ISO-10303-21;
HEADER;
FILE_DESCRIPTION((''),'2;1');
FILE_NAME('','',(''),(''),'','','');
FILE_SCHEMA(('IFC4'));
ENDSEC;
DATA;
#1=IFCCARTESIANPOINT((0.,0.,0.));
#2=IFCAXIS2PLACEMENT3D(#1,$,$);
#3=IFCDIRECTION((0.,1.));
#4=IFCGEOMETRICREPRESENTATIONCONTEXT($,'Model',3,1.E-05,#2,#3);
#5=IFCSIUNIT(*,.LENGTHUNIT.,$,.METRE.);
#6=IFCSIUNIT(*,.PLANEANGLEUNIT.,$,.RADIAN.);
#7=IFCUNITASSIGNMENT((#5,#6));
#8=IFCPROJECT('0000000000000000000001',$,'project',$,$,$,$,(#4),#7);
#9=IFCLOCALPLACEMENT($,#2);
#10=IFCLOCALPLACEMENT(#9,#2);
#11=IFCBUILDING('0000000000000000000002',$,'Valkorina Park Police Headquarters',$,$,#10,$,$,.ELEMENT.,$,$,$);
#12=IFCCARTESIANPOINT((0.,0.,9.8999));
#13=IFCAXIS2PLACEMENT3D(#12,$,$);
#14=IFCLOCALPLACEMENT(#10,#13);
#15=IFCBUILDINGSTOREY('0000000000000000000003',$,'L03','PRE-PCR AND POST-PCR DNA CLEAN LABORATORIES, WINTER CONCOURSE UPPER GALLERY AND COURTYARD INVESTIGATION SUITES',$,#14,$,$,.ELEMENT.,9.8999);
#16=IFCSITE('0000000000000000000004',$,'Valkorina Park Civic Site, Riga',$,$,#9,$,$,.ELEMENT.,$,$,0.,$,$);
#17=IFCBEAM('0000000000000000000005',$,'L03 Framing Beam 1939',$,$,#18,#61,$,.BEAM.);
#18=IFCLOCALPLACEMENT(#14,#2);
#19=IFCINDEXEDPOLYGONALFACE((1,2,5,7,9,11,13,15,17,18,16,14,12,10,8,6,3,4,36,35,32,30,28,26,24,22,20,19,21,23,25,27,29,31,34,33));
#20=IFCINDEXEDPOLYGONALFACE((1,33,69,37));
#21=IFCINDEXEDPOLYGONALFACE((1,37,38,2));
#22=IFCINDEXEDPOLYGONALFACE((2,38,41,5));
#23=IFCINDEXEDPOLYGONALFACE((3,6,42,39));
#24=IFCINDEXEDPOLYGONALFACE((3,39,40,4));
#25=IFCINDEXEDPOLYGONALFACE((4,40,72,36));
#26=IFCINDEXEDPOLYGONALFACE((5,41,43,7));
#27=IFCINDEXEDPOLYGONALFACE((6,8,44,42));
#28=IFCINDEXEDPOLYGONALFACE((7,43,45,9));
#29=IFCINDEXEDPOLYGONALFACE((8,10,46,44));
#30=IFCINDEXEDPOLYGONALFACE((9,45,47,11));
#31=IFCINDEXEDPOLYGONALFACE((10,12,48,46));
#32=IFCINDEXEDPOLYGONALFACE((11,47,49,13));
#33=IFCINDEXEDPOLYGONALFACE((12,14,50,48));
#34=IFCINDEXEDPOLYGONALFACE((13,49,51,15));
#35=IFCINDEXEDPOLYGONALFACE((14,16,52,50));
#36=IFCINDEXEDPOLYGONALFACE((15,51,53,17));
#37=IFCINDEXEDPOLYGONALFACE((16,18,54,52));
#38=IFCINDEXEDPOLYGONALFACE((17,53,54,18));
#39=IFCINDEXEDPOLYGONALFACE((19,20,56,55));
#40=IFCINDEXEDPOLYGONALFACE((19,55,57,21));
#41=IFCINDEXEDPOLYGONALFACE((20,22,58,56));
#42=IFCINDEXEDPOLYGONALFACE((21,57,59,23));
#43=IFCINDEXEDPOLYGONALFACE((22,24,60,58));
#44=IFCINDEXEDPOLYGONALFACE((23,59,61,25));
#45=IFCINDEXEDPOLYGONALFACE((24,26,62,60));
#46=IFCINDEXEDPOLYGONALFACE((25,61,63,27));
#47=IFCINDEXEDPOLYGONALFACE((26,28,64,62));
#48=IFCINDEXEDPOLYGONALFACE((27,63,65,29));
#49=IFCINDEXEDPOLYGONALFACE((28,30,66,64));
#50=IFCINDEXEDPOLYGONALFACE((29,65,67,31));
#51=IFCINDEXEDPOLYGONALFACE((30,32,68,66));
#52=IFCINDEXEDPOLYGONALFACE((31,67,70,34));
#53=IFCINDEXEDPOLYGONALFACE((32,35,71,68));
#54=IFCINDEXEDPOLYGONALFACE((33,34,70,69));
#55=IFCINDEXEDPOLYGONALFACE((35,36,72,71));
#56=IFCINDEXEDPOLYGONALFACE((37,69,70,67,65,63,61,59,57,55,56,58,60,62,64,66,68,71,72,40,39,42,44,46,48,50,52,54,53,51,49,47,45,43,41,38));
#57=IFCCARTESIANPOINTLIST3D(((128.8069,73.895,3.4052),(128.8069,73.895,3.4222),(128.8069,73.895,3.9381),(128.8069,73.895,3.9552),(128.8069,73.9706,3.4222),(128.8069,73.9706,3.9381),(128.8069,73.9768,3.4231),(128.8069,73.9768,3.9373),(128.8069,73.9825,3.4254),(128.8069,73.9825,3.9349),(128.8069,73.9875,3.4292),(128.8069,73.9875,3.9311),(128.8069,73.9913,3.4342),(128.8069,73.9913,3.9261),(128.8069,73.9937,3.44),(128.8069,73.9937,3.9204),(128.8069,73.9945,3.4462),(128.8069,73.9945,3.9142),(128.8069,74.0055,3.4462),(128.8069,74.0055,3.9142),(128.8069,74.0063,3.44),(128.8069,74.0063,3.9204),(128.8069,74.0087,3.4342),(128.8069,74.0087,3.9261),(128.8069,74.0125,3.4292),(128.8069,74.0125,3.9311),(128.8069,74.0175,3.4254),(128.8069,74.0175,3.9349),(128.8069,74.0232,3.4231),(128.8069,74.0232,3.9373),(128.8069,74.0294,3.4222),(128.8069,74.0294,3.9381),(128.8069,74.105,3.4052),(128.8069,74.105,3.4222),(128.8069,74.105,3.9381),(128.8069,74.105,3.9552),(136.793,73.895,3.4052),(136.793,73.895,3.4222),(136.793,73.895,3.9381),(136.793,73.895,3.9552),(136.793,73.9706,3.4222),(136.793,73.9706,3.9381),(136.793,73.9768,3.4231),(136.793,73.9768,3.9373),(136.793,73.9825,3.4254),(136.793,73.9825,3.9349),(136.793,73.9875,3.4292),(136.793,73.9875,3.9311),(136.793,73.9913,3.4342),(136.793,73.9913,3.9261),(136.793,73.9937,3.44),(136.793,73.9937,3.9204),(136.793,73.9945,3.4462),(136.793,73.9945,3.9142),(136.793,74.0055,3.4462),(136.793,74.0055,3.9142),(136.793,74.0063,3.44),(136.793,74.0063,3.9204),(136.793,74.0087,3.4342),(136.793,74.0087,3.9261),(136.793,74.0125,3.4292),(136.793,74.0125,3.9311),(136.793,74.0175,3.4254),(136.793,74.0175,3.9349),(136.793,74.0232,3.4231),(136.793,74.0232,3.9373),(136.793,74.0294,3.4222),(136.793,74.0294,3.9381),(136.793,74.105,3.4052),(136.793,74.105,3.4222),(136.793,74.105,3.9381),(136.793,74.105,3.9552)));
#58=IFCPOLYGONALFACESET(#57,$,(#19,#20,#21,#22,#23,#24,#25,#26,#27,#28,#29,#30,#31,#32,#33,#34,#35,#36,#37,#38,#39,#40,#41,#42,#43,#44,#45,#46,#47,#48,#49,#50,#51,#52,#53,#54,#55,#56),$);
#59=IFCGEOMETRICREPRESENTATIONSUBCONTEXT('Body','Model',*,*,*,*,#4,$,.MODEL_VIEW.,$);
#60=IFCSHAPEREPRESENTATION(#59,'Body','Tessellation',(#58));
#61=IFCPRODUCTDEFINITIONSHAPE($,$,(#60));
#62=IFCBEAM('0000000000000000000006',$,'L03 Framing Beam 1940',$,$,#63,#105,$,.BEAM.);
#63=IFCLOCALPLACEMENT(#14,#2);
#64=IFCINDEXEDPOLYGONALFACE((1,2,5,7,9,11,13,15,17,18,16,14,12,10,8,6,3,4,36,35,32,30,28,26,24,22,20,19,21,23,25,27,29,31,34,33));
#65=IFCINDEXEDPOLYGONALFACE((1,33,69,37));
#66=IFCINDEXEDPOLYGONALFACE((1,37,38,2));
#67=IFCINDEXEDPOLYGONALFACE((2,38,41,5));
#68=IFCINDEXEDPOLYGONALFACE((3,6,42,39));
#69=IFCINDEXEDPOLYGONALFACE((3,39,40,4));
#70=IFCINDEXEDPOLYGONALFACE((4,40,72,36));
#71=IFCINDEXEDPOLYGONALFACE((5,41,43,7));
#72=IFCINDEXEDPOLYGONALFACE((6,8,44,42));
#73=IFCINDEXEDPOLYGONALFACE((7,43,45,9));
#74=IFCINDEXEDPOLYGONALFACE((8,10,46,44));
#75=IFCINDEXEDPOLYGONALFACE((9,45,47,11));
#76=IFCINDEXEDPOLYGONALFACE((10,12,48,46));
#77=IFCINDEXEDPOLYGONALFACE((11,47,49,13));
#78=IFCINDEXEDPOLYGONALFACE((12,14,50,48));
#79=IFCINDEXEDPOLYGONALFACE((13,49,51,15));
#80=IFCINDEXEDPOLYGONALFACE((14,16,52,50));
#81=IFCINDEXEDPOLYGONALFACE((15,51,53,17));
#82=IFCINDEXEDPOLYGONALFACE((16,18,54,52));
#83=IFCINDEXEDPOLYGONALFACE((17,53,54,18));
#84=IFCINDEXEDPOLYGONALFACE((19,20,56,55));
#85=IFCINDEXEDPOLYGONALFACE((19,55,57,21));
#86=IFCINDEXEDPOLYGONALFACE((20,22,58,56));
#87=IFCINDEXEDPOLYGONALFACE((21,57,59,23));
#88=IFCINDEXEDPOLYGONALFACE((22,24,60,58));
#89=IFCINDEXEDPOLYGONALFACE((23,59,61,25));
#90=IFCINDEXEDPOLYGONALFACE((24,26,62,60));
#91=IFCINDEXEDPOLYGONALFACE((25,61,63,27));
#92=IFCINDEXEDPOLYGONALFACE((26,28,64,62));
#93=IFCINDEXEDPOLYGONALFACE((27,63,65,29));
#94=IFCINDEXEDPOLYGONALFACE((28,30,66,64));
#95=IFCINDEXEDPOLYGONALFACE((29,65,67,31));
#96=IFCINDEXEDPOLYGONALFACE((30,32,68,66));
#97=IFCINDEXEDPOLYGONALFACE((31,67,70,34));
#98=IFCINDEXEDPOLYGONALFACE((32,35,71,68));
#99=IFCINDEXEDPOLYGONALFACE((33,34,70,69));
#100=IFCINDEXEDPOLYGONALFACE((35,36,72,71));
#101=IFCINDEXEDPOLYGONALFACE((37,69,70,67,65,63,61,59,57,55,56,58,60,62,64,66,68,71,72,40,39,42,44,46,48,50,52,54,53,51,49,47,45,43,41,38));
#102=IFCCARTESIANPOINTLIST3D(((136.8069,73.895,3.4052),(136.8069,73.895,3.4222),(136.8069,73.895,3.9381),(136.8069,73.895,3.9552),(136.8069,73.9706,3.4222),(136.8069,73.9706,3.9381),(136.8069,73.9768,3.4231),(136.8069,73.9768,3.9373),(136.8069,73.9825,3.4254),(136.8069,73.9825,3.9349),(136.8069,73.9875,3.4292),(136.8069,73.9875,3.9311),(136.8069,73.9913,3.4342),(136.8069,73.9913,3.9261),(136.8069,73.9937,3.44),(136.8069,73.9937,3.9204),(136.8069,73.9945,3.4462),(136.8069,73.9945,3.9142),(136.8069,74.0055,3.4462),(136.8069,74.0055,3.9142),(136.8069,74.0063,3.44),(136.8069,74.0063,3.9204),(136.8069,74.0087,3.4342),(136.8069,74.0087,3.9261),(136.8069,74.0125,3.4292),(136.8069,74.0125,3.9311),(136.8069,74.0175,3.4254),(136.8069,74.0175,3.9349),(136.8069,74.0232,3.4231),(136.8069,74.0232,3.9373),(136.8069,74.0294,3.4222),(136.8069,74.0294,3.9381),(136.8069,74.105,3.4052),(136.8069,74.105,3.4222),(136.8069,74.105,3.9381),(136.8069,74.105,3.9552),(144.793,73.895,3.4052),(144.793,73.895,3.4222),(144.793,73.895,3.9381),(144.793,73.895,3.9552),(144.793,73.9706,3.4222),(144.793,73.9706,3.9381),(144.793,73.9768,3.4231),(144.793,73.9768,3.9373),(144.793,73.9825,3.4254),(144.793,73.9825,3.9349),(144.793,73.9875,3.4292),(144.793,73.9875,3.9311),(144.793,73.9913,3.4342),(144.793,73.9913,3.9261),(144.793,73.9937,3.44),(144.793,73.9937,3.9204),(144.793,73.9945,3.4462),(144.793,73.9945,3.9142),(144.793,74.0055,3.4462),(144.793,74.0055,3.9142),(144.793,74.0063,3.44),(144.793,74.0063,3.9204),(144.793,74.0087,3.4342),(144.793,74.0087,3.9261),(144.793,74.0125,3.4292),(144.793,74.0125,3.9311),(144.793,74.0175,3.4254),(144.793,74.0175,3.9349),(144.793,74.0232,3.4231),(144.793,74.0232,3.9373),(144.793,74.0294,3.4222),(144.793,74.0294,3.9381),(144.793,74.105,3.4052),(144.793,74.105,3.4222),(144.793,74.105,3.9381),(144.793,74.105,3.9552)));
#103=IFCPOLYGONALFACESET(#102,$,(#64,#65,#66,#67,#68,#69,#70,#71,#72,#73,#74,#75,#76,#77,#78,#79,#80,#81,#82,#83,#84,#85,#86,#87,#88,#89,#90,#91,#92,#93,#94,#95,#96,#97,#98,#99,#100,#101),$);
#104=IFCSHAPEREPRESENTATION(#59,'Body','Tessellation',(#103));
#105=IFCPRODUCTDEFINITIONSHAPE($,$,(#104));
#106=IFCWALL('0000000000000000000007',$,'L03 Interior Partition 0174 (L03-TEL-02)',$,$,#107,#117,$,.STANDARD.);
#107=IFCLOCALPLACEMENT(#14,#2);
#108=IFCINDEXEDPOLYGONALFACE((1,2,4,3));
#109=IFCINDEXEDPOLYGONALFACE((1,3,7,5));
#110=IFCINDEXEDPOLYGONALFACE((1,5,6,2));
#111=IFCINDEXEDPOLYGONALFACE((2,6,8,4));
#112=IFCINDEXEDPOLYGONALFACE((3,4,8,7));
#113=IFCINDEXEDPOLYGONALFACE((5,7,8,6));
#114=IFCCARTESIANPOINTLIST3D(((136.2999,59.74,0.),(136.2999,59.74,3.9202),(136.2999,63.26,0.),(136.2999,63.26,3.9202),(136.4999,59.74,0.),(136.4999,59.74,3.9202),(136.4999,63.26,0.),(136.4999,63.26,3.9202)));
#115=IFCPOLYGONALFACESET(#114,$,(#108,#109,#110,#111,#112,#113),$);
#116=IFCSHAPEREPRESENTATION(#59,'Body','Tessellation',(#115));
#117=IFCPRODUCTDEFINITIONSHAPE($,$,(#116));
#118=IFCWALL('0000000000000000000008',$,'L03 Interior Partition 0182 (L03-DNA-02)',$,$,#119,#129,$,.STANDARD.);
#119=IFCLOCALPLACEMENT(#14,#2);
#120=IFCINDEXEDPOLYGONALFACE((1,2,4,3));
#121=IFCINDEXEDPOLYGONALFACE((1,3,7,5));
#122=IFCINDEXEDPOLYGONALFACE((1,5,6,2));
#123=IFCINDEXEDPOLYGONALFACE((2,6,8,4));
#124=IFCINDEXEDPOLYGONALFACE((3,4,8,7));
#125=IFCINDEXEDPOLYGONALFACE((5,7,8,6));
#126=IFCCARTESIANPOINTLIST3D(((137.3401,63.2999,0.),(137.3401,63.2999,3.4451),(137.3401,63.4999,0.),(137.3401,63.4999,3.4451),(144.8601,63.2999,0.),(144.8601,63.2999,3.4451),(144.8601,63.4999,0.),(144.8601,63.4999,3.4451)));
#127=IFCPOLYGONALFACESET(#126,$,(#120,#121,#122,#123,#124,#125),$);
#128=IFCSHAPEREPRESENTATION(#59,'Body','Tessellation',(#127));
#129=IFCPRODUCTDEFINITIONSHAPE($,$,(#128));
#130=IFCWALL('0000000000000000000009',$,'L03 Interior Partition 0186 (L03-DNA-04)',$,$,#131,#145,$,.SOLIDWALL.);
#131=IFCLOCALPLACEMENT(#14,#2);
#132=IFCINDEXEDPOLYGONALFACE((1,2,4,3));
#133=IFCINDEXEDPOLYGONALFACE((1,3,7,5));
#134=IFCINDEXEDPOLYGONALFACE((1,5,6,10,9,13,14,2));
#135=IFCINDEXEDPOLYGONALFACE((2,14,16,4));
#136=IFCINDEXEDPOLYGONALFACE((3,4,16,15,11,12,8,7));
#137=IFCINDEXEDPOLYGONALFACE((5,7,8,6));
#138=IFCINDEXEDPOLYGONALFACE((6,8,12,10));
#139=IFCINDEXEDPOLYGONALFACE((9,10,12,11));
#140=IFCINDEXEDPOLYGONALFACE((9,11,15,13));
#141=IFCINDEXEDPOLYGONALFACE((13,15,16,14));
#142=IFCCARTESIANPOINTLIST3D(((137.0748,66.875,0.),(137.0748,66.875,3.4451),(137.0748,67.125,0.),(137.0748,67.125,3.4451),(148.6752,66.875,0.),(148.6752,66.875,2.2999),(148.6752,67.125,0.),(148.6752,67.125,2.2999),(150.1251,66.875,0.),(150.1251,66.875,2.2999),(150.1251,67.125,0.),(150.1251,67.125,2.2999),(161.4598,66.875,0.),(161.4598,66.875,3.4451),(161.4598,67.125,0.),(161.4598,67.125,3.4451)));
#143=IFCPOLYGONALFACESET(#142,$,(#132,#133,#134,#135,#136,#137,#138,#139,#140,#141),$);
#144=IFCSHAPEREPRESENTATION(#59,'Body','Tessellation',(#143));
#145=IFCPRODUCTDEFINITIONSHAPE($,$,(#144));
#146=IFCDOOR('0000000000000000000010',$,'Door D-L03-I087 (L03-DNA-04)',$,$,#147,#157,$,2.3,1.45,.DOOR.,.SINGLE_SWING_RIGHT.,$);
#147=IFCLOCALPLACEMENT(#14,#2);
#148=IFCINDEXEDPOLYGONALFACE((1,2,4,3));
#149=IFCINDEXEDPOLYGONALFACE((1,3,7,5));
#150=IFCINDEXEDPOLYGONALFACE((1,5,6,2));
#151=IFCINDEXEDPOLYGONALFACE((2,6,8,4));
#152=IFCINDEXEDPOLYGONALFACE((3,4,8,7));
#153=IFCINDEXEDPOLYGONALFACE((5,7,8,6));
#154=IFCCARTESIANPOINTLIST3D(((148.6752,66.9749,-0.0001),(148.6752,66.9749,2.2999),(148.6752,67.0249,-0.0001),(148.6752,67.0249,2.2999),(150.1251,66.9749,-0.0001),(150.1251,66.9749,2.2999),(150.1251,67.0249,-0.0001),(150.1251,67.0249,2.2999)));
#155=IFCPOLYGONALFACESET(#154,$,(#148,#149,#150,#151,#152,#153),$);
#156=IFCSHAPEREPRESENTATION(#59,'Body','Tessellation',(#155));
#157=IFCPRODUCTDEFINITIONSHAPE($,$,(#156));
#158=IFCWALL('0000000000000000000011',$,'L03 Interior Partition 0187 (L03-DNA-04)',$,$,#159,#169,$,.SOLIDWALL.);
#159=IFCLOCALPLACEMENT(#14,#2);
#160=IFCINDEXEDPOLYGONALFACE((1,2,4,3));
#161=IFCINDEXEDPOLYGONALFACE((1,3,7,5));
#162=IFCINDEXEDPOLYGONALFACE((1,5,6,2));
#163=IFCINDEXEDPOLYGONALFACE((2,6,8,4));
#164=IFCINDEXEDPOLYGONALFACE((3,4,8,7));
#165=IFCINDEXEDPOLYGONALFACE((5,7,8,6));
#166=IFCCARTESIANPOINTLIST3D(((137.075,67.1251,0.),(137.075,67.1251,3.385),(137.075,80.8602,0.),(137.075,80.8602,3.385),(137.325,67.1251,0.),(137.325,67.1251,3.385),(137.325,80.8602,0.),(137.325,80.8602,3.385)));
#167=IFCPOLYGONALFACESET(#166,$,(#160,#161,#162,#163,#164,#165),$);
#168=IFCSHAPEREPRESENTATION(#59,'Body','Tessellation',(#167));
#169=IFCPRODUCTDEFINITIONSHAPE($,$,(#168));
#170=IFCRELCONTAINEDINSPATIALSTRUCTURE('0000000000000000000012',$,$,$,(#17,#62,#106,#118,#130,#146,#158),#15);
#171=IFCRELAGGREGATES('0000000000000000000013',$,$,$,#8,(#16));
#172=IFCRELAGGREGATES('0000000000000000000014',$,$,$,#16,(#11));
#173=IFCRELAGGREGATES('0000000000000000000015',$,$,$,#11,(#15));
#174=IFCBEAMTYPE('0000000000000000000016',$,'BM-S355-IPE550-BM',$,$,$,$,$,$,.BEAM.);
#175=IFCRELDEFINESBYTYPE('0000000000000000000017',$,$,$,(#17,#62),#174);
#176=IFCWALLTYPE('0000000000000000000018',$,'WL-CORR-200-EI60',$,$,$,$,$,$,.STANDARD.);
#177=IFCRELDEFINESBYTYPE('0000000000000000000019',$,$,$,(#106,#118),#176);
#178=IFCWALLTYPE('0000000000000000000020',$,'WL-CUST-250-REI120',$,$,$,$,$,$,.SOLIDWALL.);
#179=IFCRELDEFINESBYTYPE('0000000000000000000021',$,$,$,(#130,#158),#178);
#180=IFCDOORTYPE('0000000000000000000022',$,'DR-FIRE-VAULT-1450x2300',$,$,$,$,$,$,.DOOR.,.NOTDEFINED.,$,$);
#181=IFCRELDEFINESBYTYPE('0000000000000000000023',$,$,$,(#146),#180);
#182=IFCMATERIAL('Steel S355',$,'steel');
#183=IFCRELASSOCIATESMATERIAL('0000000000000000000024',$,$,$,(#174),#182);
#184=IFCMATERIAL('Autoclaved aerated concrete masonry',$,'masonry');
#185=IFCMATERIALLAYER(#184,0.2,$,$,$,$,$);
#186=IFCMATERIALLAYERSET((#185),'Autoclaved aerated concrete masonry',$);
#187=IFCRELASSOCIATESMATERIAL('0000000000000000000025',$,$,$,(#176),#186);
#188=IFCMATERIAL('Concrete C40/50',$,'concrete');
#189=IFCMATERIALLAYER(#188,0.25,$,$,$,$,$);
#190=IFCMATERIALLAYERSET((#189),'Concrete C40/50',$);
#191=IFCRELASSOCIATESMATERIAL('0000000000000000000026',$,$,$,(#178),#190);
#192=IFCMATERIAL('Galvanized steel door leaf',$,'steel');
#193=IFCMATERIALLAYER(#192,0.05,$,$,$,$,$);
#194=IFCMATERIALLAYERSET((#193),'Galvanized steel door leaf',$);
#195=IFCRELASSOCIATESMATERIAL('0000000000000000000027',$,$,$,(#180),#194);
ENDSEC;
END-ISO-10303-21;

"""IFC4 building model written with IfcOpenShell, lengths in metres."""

from ifc_helpers import new_model, si_unit, direction, frame, frame_2d, origin, origin_2d, place, context, subcontext, project, spatial, rectangle, i_section, extrude, material, layer, layer_set, material_profile, profile_set, type_object, element, fill, save


model = new_model("IFC4")

# Units and contexts
model_context = context("Model", 3, precision=1e-05, world=origin(), true_north=direction((0.0, 1.0)))
body_context = subcontext(model_context, "Body", "Model", "MODEL_VIEW")
ifc_project = project(units=[si_unit("LENGTHUNIT", "METRE"), si_unit("PLANEANGLEUNIT", "RADIAN")], contexts=[model_context])

# Site, building, storey
site_placement = place(None, origin())
site = spatial("IfcSite", under=ifc_project, at=site_placement, Name="Valkorina Park Civic Site, Riga", CompositionType="ELEMENT", RefElevation=0.0)
building_placement = place(site_placement, origin())
building = spatial("IfcBuilding", under=site, at=building_placement, Name="Valkorina Park Police Headquarters", CompositionType="ELEMENT")
storey_placement = place(building_placement, frame((0.0, 0.0, 9.8999)))
storey = spatial("IfcBuildingStorey", under=building, at=storey_placement, Name="L03", Description="PRE-PCR AND POST-PCR DNA CLEAN LABORATORIES, WINTER CONCOURSE UPPER GALLERY AND COURTYARD INVESTIGATION SUITES", CompositionType="ELEMENT", Elevation=9.8999)

# Shared definitions
ifc_material_1 = material(Name="Steel S355", Category="steel")

# Beams
ifc_material_profile_1 = material_profile(ifc_material_1, i_section(OverallWidth=0.21, OverallDepth=0.55, WebThickness=0.011, FlangeThickness=0.0171, FilletRadius=0.0239, at=origin_2d()), Name="IPE 550")
ifc_profile_set_1 = profile_set([ifc_material_profile_1], Name="Steel S355")
beam_type_1 = type_object("IfcBeamType", Name="BM-S355-IPE550-BM", PredefinedType="BEAM", material=ifc_profile_set_1)
for number, where, z_axis, x_axis, name in (
    (1, (128.8069, 74.0, 3.6802), (1.0, 0.0, 0.0), (0.0, 1.0, 0.0), "L03 Framing Beam 1939"),
    (2, (136.8069, 74.0, 3.6802), (1.0, 0.0, 0.0), (0.0, 1.0, 0.0), "L03 Framing Beam 1940"),
):
    element("IfcBeam", number, at=place(storey_placement, frame(where, z_axis=z_axis, x_axis=x_axis)), inside=storey, type_object=beam_type_1, Name=name, PredefinedType="BEAM", context=body_context, shape_type="SweptSolid", body=[
        extrude(i_section(OverallWidth=0.21, OverallDepth=0.55, WebThickness=0.011, FlangeThickness=0.0171, FilletRadius=0.0239, at=origin_2d()), origin(), (0.0, 0.0, 1.0), 7.9861),
    ])

# Walls
ifc_material_2 = material(Name="Autoclaved aerated concrete masonry", Category="masonry")
ifc_layer_1 = layer(ifc_material_2, 0.2)
ifc_layer_set_1 = layer_set([ifc_layer_1], Name="Autoclaved aerated concrete masonry")
wall_type_1 = type_object("IfcWallType", Name="WL-CORR-200-EI60", PredefinedType="STANDARD", material=ifc_layer_set_1)
wall_1_placement = place(storey_placement, frame((136.3999, 59.74, 0.0), z_axis=(0.0, 0.0, 1.0), x_axis=(0.0, 1.0, 0.0)))
element("IfcWall", 3, at=wall_1_placement, inside=storey, type_object=wall_type_1, Name="L03 Interior Partition 0174 (L03-TEL-02)", PredefinedType="STANDARD", context=body_context, shape_type="SweptSolid", body=[
    extrude(rectangle(XDim=3.52, YDim=0.2, at=frame_2d((1.76, 0.0))), origin(), (0.0, 0.0, 1.0), 3.9202),
])
wall_2_placement = place(storey_placement, frame((137.3401, 63.3999, 0.0), z_axis=(0.0, 0.0, 1.0), x_axis=(1.0, 0.0, 0.0)))
element("IfcWall", 4, at=wall_2_placement, inside=storey, type_object=wall_type_1, Name="L03 Interior Partition 0182 (L03-DNA-02)", PredefinedType="STANDARD", context=body_context, shape_type="SweptSolid", body=[
    extrude(rectangle(XDim=7.52, YDim=0.2, at=frame_2d((3.76, 0.0))), origin(), (0.0, 0.0, 1.0), 3.4451),
])

# Wall, opening, door
ifc_material_3 = material(Name="Concrete C40/50", Category="concrete")
ifc_layer_2 = layer(ifc_material_3, 0.25)
ifc_layer_set_2 = layer_set([ifc_layer_2], Name="Concrete C40/50")
wall_type_2 = type_object("IfcWallType", Name="WL-CUST-250-REI120", PredefinedType="SOLIDWALL", material=ifc_layer_set_2)
wall_3_placement = place(storey_placement, frame((137.075, 67.0, 0.0), z_axis=(0.0, 0.0, 1.0), x_axis=(1.0, 0.0, 0.0)))
wall_3 = element("IfcWall", 5, at=wall_3_placement, inside=storey, type_object=wall_type_2, Name="L03 Interior Partition 0186 (L03-DNA-04)", PredefinedType="SOLIDWALL", context=body_context, shape_type="SweptSolid", body=[
    extrude(rectangle(XDim=24.385, YDim=0.25, at=frame_2d((12.1924, 0.0))), origin(), (0.0, 0.0, 1.0), 3.4451),
])
opening_1_placement = place(wall_3_placement, frame((11.6001, 0.0, 0.0)))
opening_1 = element("IfcOpeningElement", 6, at=opening_1_placement, cuts=wall_3, PredefinedType="OPENING", context=body_context, shape_type="SweptSolid", body=[
    extrude(rectangle(XDim=1.45, YDim=2.3, at=frame_2d((0.7251, 1.1499))), frame((0.0, 0.135, 0.0), z_axis=(0.0, -1.0, 0.0), x_axis=(1.0, 0.0, 0.0)), (0.0, 0.0, 1.0), 0.27),
])
ifc_material_4 = material(Name="Galvanized steel door leaf", Category="steel")
ifc_layer_3 = layer(ifc_material_4, 0.05)
ifc_layer_set_3 = layer_set([ifc_layer_3], Name="Galvanized steel door leaf")
door_type = type_object("IfcDoorType", Name="DR-FIRE-VAULT-1450x2300", OperationType="NOTDEFINED", PredefinedType="DOOR", material=ifc_layer_set_3)
door_placement = place(opening_1_placement, origin())
door = element("IfcDoor", 7, at=door_placement, inside=storey, type_object=door_type, Name="Door D-L03-I087 (L03-DNA-04)", OperationType="SINGLE_SWING_RIGHT", OverallHeight=2.3, OverallWidth=1.45, PredefinedType="DOOR", context=body_context, shape_type="SweptSolid", body=[
    extrude(rectangle(XDim=1.45, YDim=2.3, at=frame_2d((0.7251, 1.1499))), frame((0.0, 0.0249, 0.0), z_axis=(0.0, -1.0, 0.0), x_axis=(1.0, 0.0, 0.0)), (0.0, 0.0, 1.0), 0.05),
])
fill(opening_1, door)

# Wall
wall_4_placement = place(storey_placement, frame((137.2, 67.125, 0.0), z_axis=(0.0, 0.0, 1.0), x_axis=(0.0, 1.0, 0.0)))
element("IfcWall", 8, at=wall_4_placement, inside=storey, type_object=wall_type_2, Name="L03 Interior Partition 0187 (L03-DNA-04)", PredefinedType="SOLIDWALL", context=body_context, shape_type="SweptSolid", body=[
    extrude(rectangle(XDim=13.7351, YDim=0.25, at=frame_2d((6.8677, 0.0))), origin(), (0.0, 0.0, 1.0), 3.385),
])

save(model, "model.ifc")
